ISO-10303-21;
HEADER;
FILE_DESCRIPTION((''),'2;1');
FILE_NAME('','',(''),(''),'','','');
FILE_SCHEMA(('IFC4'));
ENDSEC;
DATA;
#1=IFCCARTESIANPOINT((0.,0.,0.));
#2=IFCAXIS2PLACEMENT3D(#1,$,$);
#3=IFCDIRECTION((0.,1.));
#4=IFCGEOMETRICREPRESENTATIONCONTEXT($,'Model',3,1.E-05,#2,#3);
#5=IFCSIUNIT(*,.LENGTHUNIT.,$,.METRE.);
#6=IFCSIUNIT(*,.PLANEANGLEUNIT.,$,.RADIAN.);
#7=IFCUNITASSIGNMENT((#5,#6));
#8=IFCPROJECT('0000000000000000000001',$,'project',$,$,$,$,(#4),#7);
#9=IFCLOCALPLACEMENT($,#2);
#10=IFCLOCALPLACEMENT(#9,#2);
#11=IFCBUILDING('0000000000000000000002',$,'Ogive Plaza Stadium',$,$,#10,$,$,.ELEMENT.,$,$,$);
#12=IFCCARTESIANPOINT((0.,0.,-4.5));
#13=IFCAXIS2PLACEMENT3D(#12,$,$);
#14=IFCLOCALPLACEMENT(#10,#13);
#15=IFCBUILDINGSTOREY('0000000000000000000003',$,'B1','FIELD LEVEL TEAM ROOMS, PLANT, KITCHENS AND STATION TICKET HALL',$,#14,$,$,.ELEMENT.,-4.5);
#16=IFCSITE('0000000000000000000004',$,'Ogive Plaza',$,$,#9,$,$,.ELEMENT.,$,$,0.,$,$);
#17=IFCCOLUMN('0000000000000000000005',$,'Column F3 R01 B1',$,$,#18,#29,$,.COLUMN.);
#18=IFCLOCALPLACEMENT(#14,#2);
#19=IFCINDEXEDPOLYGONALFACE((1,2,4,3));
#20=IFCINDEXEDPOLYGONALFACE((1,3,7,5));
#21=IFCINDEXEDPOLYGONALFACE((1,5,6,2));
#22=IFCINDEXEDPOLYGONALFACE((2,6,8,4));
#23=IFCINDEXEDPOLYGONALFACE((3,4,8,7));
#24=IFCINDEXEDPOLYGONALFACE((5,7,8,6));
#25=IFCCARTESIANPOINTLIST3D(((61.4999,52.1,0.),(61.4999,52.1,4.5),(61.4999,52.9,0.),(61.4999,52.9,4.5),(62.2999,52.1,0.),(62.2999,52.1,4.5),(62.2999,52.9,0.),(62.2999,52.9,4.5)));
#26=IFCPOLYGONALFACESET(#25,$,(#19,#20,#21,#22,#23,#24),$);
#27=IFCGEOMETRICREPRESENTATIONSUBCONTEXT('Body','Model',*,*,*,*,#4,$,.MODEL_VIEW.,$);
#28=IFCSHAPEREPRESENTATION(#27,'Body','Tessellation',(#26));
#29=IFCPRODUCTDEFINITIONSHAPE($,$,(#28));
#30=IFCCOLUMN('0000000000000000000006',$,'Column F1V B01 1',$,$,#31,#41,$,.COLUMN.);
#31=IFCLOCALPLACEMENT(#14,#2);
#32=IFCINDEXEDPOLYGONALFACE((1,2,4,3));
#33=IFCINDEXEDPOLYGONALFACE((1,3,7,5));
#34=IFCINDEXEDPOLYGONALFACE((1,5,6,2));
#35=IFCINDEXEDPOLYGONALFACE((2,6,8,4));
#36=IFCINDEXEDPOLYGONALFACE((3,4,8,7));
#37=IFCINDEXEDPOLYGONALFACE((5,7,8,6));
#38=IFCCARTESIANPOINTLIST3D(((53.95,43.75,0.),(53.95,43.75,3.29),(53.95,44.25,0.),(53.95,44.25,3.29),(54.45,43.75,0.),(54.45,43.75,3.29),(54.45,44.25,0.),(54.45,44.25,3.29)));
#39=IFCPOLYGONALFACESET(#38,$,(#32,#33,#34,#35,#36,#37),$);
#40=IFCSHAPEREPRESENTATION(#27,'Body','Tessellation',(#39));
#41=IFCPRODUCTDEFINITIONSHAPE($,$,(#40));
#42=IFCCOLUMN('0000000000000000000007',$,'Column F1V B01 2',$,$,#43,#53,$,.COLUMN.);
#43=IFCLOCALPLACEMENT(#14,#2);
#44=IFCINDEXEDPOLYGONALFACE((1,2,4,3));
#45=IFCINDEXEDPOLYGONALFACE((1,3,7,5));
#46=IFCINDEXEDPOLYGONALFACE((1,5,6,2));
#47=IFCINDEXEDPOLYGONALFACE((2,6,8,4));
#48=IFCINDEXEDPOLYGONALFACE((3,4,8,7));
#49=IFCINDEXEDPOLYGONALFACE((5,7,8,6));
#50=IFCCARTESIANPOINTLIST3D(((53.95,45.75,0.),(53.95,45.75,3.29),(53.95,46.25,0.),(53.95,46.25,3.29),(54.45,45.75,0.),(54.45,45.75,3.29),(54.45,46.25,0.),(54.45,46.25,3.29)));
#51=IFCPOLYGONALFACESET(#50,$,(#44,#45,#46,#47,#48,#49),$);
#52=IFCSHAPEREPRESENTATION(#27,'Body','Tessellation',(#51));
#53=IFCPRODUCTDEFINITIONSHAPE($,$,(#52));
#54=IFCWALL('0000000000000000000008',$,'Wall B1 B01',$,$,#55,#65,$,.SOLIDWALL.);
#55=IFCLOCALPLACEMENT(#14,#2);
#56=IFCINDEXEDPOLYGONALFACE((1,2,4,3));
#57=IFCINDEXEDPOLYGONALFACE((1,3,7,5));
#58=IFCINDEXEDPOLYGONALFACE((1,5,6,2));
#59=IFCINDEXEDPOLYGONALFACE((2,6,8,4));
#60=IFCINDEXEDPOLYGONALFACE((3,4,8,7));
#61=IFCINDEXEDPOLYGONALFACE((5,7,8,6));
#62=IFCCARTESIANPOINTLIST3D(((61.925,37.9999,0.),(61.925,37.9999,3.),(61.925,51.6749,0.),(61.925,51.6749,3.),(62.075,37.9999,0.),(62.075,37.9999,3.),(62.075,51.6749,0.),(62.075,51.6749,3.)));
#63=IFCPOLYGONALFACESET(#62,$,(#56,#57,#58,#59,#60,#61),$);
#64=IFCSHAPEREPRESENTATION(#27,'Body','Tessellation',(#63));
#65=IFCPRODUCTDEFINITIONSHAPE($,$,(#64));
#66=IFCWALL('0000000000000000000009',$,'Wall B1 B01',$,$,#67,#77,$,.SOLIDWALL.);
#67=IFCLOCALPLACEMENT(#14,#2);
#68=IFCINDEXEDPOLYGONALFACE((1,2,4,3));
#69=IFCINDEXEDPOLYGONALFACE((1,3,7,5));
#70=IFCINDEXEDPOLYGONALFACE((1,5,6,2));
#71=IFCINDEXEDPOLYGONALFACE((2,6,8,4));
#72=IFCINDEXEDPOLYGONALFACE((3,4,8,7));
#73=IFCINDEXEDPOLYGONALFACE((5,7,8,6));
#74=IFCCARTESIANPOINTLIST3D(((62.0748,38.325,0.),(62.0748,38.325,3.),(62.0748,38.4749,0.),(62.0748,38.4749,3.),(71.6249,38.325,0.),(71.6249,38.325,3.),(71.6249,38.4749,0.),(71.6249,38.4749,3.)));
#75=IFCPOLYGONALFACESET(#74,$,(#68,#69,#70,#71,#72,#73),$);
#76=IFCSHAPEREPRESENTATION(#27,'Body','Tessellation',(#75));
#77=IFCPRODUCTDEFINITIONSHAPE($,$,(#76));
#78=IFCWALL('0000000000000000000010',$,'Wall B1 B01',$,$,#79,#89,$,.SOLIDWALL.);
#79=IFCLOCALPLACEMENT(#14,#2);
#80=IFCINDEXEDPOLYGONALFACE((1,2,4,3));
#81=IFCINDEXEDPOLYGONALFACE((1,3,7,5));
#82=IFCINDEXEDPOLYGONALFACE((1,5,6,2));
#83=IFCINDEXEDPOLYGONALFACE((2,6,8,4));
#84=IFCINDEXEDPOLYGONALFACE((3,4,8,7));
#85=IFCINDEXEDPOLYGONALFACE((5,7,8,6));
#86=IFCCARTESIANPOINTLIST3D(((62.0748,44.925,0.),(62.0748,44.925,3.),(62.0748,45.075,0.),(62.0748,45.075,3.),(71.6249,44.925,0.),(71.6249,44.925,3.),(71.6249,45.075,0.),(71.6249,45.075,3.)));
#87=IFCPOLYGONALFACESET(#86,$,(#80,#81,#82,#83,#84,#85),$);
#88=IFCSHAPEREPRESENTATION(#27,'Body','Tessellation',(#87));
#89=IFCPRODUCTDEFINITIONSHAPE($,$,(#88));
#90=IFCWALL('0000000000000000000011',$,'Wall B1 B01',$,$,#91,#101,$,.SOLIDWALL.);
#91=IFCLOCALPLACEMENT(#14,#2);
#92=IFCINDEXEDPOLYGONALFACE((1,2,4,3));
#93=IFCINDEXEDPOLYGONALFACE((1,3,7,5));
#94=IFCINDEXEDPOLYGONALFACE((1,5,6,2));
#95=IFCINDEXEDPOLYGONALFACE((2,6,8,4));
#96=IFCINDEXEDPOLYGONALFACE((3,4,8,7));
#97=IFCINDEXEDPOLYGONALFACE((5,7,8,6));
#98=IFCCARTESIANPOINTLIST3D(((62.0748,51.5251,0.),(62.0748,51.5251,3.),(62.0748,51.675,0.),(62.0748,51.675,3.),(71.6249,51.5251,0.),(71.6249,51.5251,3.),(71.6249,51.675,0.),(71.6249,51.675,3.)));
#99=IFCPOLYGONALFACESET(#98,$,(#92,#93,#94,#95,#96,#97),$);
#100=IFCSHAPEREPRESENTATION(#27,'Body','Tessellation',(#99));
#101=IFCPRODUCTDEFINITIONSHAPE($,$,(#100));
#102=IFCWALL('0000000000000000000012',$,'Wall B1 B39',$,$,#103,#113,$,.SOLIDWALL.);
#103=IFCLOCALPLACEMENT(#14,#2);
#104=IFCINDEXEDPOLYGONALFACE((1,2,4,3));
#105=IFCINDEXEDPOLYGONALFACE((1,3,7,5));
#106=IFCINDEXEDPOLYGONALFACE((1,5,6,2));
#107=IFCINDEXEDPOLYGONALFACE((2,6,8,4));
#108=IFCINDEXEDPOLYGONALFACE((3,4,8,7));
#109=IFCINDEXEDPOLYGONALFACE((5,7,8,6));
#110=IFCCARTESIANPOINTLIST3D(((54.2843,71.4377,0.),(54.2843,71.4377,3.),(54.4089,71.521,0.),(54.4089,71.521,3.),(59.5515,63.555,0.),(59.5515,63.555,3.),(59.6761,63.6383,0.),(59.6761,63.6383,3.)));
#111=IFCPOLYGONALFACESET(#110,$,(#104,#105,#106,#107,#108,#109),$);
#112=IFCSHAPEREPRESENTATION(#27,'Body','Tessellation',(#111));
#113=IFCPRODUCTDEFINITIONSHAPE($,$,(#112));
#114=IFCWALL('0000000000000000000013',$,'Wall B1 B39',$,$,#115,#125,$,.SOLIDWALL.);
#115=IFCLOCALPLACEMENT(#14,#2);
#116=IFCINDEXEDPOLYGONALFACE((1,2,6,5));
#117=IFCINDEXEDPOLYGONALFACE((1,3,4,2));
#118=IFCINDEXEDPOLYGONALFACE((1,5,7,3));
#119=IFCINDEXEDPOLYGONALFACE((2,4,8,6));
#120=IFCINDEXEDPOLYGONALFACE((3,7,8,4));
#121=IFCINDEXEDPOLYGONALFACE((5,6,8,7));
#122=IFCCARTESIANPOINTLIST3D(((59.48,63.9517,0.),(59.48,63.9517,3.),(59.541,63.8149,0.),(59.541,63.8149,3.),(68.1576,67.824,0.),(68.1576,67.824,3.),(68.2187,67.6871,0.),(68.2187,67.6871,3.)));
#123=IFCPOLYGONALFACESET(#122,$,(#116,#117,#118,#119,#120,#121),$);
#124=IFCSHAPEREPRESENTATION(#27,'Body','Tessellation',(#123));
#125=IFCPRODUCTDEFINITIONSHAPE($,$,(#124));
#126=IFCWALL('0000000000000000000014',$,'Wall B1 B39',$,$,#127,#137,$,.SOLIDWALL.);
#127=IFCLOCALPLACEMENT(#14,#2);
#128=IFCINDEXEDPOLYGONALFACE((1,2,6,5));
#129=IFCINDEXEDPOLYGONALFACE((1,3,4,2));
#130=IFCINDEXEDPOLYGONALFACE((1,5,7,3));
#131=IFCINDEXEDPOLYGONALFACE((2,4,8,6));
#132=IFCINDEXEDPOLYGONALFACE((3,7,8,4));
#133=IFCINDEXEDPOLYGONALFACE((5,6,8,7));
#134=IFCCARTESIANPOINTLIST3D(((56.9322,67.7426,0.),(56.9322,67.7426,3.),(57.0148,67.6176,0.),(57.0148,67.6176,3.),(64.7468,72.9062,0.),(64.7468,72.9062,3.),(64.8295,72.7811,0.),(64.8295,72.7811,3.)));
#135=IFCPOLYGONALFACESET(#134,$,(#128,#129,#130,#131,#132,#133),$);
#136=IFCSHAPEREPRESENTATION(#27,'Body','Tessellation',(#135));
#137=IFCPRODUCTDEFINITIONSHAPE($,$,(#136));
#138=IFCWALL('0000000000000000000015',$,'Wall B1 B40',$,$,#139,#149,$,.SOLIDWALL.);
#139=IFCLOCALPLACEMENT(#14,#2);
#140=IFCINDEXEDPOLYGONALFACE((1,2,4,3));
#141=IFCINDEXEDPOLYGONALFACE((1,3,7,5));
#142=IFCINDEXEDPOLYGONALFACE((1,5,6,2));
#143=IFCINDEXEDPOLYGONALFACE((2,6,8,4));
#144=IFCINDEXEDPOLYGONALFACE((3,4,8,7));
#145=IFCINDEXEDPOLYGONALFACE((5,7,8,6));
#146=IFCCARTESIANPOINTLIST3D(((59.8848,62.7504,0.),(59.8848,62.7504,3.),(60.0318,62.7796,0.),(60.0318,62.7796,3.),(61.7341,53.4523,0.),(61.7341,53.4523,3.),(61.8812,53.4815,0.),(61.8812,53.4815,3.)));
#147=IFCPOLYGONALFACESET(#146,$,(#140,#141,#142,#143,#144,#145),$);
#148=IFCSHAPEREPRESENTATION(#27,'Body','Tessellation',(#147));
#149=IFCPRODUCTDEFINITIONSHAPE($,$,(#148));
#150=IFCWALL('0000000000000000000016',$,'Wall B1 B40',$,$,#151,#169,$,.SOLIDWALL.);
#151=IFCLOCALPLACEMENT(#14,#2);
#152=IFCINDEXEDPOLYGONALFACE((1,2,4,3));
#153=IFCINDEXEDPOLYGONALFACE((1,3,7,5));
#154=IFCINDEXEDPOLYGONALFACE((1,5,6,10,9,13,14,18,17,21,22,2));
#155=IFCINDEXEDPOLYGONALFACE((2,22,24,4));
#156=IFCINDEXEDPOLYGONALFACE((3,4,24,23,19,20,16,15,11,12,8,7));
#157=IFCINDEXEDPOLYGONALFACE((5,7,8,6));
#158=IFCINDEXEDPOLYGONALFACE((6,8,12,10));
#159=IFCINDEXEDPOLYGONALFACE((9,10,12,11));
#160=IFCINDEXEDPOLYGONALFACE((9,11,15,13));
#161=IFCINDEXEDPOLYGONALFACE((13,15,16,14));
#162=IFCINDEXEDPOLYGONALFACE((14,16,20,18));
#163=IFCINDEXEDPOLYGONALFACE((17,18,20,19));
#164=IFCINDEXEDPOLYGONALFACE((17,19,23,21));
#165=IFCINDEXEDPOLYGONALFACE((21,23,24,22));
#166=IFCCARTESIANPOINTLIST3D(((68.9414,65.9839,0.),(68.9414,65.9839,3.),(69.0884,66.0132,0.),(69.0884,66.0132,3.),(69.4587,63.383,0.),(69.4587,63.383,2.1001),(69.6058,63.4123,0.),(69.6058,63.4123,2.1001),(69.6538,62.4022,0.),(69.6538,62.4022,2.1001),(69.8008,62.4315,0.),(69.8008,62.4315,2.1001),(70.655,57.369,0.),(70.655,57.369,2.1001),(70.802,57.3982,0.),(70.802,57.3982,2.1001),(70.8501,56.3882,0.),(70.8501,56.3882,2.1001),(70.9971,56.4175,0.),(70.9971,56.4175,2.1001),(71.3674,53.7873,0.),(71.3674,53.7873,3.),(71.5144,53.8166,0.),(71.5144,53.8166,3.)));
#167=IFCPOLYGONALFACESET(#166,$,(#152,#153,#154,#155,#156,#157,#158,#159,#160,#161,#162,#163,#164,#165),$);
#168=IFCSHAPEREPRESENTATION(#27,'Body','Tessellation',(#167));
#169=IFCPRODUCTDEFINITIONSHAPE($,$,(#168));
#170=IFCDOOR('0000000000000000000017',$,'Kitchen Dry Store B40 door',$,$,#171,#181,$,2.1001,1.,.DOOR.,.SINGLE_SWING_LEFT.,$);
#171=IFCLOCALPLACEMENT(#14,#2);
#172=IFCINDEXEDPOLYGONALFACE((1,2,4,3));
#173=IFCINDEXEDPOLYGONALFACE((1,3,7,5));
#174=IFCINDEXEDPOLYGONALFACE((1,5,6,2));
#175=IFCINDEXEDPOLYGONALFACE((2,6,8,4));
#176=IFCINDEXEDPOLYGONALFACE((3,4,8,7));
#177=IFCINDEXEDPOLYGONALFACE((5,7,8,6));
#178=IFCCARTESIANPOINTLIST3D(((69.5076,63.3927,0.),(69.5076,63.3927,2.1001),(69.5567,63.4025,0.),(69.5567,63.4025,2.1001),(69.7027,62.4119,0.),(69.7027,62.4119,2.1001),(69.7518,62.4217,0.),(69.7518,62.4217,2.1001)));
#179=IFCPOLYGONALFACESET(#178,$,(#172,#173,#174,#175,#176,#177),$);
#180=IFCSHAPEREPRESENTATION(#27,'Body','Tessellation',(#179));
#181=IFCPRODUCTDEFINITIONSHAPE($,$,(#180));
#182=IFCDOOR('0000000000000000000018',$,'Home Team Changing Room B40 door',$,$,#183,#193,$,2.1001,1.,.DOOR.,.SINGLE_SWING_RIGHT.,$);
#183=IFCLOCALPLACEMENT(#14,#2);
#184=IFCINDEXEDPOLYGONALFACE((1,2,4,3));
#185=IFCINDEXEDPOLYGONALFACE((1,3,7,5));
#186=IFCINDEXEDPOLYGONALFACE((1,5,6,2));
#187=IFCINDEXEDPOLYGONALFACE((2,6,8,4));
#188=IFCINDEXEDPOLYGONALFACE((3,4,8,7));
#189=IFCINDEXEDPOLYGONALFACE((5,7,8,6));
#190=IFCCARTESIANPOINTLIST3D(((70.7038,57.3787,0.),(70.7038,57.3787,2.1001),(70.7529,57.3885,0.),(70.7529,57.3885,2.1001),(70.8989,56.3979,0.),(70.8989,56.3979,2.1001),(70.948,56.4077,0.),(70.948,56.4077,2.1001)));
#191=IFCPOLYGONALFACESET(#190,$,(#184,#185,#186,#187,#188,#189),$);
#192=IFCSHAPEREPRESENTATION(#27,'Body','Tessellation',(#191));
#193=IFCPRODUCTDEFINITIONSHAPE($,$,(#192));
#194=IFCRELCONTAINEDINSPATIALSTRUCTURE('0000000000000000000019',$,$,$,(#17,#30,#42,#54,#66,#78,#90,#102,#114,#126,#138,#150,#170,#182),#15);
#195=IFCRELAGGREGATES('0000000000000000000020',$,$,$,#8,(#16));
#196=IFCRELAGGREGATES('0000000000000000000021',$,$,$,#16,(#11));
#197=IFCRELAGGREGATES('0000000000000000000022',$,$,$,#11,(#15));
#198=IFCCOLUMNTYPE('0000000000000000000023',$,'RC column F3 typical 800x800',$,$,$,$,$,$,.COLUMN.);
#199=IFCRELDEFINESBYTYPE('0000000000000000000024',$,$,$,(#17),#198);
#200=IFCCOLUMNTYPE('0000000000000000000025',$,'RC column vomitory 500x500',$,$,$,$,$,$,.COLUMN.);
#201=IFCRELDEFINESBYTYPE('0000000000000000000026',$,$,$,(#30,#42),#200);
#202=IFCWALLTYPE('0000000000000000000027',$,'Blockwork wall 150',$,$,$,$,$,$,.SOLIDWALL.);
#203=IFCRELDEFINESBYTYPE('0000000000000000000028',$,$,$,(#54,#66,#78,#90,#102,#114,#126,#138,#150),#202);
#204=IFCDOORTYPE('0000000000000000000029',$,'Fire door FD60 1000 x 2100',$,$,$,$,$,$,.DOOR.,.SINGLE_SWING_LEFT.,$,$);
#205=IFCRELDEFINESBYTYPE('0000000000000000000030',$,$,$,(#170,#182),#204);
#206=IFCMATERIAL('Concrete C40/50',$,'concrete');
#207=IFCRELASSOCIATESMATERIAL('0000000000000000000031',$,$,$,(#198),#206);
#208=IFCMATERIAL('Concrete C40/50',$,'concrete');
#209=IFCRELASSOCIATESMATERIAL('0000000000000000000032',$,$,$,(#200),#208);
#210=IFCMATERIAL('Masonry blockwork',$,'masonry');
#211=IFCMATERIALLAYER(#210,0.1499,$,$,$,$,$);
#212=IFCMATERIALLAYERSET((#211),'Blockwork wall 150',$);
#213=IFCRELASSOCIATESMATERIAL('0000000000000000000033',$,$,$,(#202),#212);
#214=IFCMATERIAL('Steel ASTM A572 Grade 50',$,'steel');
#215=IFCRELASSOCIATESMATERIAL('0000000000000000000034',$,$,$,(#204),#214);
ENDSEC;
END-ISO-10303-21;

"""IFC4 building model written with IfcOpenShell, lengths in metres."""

from ifc_helpers import new_model, si_unit, direction, frame, frame_2d, origin, origin_2d, place, context, subcontext, project, spatial, rectangle, extrude, material, layer, layer_set, material_profile, profile_set, type_object, element, fill, save


model = new_model("IFC4")

# Units and contexts
model_context = context("Model", 3, precision=1e-05, world=origin(), true_north=direction((0.0, 1.0)))
body_context = subcontext(model_context, "Body", "Model", "MODEL_VIEW")
ifc_project = project(units=[si_unit("LENGTHUNIT", "METRE"), si_unit("PLANEANGLEUNIT", "RADIAN")], contexts=[model_context])

# Site, building, storey
site_placement = place(None, origin())
site = spatial("IfcSite", under=ifc_project, at=site_placement, Name="Ogive Plaza", CompositionType="ELEMENT", RefElevation=0.0)
building_placement = place(site_placement, origin())
building = spatial("IfcBuilding", under=site, at=building_placement, Name="Ogive Plaza Stadium", CompositionType="ELEMENT")
storey_placement = place(building_placement, frame((0.0, 0.0, -4.5)))
storey = spatial("IfcBuildingStorey", under=building, at=storey_placement, Name="B1", Description="FIELD LEVEL TEAM ROOMS, PLANT, KITCHENS AND STATION TICKET HALL", CompositionType="ELEMENT", Elevation=-4.5)

# Columns
ifc_material_1 = material(Name="Concrete C40/50", Category="concrete")
ifc_material_profile_1 = material_profile(ifc_material_1, rectangle(XDim=0.8, YDim=0.8, at=origin_2d()), Name="RC 800x800")
ifc_profile_set_1 = profile_set([ifc_material_profile_1], Name="Concrete C40/50")
column_type_1 = type_object("IfcColumnType", Name="RC column F3 typical 800x800", PredefinedType="COLUMN", material=ifc_profile_set_1)
column_1_placement = place(storey_placement, frame((61.8999, 52.5, 0.0), z_axis=(0.0, 0.0, 1.0), x_axis=(0.0, 1.0, 0.0)))
element("IfcColumn", 1, at=column_1_placement, inside=storey, type_object=column_type_1, Name="Column F3 R01 B1", PredefinedType="COLUMN", context=body_context, shape_type="SweptSolid", body=[
    extrude(rectangle(XDim=0.8, YDim=0.8, at=origin_2d()), origin(), (0.0, 0.0, 1.0), 4.5),
])
ifc_material_2 = material(Name="Concrete C40/50", Category="concrete")
ifc_material_profile_2 = material_profile(ifc_material_2, rectangle(XDim=0.5, YDim=0.5, at=origin_2d()), Name="RC 500x500")
ifc_profile_set_2 = profile_set([ifc_material_profile_2], Name="Concrete C40/50")
column_type_2 = type_object("IfcColumnType", Name="RC column vomitory 500x500", PredefinedType="COLUMN", material=ifc_profile_set_2)
for number, where, z_axis, x_axis, name in (
    (2, (54.2, 44.0, 0.0), (0.0, 0.0, 1.0), (0.0, 1.0, 0.0), "Column F1V B01 1"),
    (3, (54.2, 46.0, 0.0), (0.0, 0.0, 1.0), (0.0, 1.0, 0.0), "Column F1V B01 2"),
):
    element("IfcColumn", number, at=place(storey_placement, frame(where, z_axis=z_axis, x_axis=x_axis)), inside=storey, type_object=column_type_2, Name=name, PredefinedType="COLUMN", context=body_context, shape_type="SweptSolid", body=[
        extrude(rectangle(XDim=0.5, YDim=0.5, at=origin_2d()), origin(), (0.0, 0.0, 1.0), 3.29),
    ])

# Walls
ifc_material_3 = material(Name="Masonry blockwork", Category="masonry")
ifc_layer_1 = layer(ifc_material_3, 0.1499)
ifc_layer_set_1 = layer_set([ifc_layer_1], Name="Blockwork wall 150")
wall_type = type_object("IfcWallType", Name="Blockwork wall 150", PredefinedType="SOLIDWALL", material=ifc_layer_set_1)
wall_1_placement = place(storey_placement, frame((62.0, 38.0, 0.0), z_axis=(0.0, 0.0, 1.0), x_axis=(0.0, 1.0, 0.0)))
element("IfcWall", 4, at=wall_1_placement, inside=storey, type_object=wall_type, Name="Wall B1 B01", PredefinedType="SOLIDWALL", context=body_context, shape_type="SweptSolid", body=[
    extrude(rectangle(XDim=13.675, YDim=0.1499, at=frame_2d((6.8374, 0.0))), origin(), (0.0, 0.0, 1.0), 3.0),
])
for number, where, z_axis, x_axis, name in (
    (5, (62.075, 38.3999, 0.0), (0.0, 0.0, 1.0), (1.0, 0.0, 0.0), "Wall B1 B01"),
    (6, (62.075, 45.0, 0.0), (0.0, 0.0, 1.0), (1.0, 0.0, 0.0), "Wall B1 B01"),
    (7, (62.075, 51.6001, 0.0), (0.0, 0.0, 1.0), (1.0, 0.0, 0.0), "Wall B1 B01"),
):
    element("IfcWall", number, at=place(storey_placement, frame(where, z_axis=z_axis, x_axis=x_axis)), inside=storey, type_object=wall_type, Name=name, PredefinedType="SOLIDWALL", context=body_context, shape_type="SweptSolid", body=[
        extrude(rectangle(XDim=9.55, YDim=0.1499, at=frame_2d((4.7749, 0.0))), origin(), (0.0, 0.0, 1.0), 3.0),
    ])
wall_2_placement = place(storey_placement, frame((59.6138, 63.5967, 0.0), z_axis=(0.0, 0.0, 1.0), x_axis=(-0.555579, 0.831463, 0.0)))
element("IfcWall", 8, at=wall_2_placement, inside=storey, type_object=wall_type, Name="Wall B1 B39", PredefinedType="SOLIDWALL", context=body_context, shape_type="SweptSolid", body=[
    extrude(rectangle(XDim=9.4805, YDim=0.1499, at=frame_2d((4.7402, 0.0))), origin(), (0.0, 0.0, 1.0), 3.0),
])
wall_3_placement = place(storey_placement, frame((59.5105, 63.8833, 0.0), z_axis=(0.0, 0.0, 1.0), x_axis=(0.913203, 0.407504, 0.0)))
element("IfcWall", 9, at=wall_3_placement, inside=storey, type_object=wall_type, Name="Wall B1 B39", PredefinedType="SOLIDWALL", context=body_context, shape_type="SweptSolid", body=[
    extrude(rectangle(XDim=9.5024, YDim=0.1499, at=frame_2d((4.7512, 0.0))), origin(), (0.0, 0.0, 1.0), 3.0),
])
wall_4_placement = place(storey_placement, frame((56.9736, 67.6802, 0.0), z_axis=(0.0, 0.0, 1.0), x_axis=(0.834321, 0.551279, 0.0)))
element("IfcWall", 10, at=wall_4_placement, inside=storey, type_object=wall_type, Name="Wall B1 B39", PredefinedType="SOLIDWALL", context=body_context, shape_type="SweptSolid", body=[
    extrude(rectangle(XDim=9.3665, YDim=0.1499, at=frame_2d((4.6831, 0.0))), origin(), (0.0, 0.0, 1.0), 3.0),
])
wall_5_placement = place(storey_placement, frame((59.9583, 62.7651, 0.0), z_axis=(0.0, 0.0, 1.0), x_axis=(0.195076, -0.980788, 0.0)))
element("IfcWall", 11, at=wall_5_placement, inside=storey, type_object=wall_type, Name="Wall B1 B40", PredefinedType="SOLIDWALL", context=body_context, shape_type="SweptSolid", body=[
    extrude(rectangle(XDim=9.4802, YDim=0.1499, at=frame_2d((4.7402, 0.0))), origin(), (0.0, 0.0, 1.0), 3.0),
])

# Wall, openings, doors
wall_6_placement = place(storey_placement, frame((69.0149, 65.9985, 0.0), z_axis=(0.0, 0.0, 1.0), x_axis=(0.195089, -0.980786, 0.0)))
wall_6 = element("IfcWall", 12, at=wall_6_placement, inside=storey, type_object=wall_type, Name="Wall B1 B40", PredefinedType="SOLIDWALL", context=body_context, shape_type="SweptSolid", body=[
    extrude(rectangle(XDim=12.4355, YDim=0.1499, at=frame_2d((6.2178, 0.0))), origin(), (0.0, 0.0, 1.0), 3.0),
])
opening_1_placement = place(wall_6_placement, frame((2.6519, 0.0, 0.0)))
opening_1 = element("IfcOpeningElement", 13, at=opening_1_placement, cuts=wall_6, PredefinedType="OPENING", context=body_context, shape_type="SweptSolid", body=[
    extrude(rectangle(XDim=1.0, YDim=2.1001, at=frame_2d((0.5, 1.05))), frame((0.0, 0.075, 0.0), z_axis=(0.0, -1.0, 0.0), x_axis=(1.0, 0.0, 0.0)), (0.0, 0.0, 1.0), 0.1499),
])
opening_2_placement = place(wall_6_placement, frame((8.7837, 0.0, 0.0)))
opening_2 = element("IfcOpeningElement", 14, at=opening_2_placement, cuts=wall_6, PredefinedType="OPENING", context=body_context, shape_type="SweptSolid", body=[
    extrude(rectangle(XDim=1.0, YDim=2.1001, at=frame_2d((0.5, 1.05))), frame((0.0, 0.075, 0.0), z_axis=(0.0, -1.0, 0.0), x_axis=(1.0, 0.0, 0.0)), (0.0, 0.0, 1.0), 0.1499),
])
ifc_material_4 = material(Name="Steel ASTM A572 Grade 50", Category="steel")
door_type = type_object("IfcDoorType", Name="Fire door FD60 1000 x 2100", OperationType="SINGLE_SWING_LEFT", PredefinedType="DOOR", material=ifc_material_4)
door_1_placement = place(opening_1_placement, origin())
door_1 = element("IfcDoor", 15, at=door_1_placement, inside=storey, type_object=door_type, Name="Kitchen Dry Store B40 door", OperationType="SINGLE_SWING_LEFT", OverallHeight=2.1001, OverallWidth=1.0, PredefinedType="DOOR", context=body_context, shape_type="SweptSolid", body=[
    extrude(rectangle(XDim=1.0, YDim=2.1001, at=frame_2d((0.5, 1.05))), frame((0.0, 0.0249, 0.0), z_axis=(0.0, -1.0, 0.0), x_axis=(1.0, 0.0, 0.0)), (0.0, 0.0, 1.0), 0.05),
])
fill(opening_1, door_1)
door_2_placement = place(opening_2_placement, origin())
door_2 = element("IfcDoor", 16, at=door_2_placement, inside=storey, type_object=door_type, Name="Home Team Changing Room B40 door", OperationType="SINGLE_SWING_RIGHT", OverallHeight=2.1001, OverallWidth=1.0, PredefinedType="DOOR", context=body_context, shape_type="SweptSolid", body=[
    extrude(rectangle(XDim=1.0, YDim=2.1001, at=frame_2d((0.5, 1.05))), frame((0.0, 0.0249, 0.0), z_axis=(0.0, -1.0, 0.0), x_axis=(1.0, 0.0, 0.0)), (0.0, 0.0, 1.0), 0.05),
])
fill(opening_2, door_2)

save(model, "model.ifc")
